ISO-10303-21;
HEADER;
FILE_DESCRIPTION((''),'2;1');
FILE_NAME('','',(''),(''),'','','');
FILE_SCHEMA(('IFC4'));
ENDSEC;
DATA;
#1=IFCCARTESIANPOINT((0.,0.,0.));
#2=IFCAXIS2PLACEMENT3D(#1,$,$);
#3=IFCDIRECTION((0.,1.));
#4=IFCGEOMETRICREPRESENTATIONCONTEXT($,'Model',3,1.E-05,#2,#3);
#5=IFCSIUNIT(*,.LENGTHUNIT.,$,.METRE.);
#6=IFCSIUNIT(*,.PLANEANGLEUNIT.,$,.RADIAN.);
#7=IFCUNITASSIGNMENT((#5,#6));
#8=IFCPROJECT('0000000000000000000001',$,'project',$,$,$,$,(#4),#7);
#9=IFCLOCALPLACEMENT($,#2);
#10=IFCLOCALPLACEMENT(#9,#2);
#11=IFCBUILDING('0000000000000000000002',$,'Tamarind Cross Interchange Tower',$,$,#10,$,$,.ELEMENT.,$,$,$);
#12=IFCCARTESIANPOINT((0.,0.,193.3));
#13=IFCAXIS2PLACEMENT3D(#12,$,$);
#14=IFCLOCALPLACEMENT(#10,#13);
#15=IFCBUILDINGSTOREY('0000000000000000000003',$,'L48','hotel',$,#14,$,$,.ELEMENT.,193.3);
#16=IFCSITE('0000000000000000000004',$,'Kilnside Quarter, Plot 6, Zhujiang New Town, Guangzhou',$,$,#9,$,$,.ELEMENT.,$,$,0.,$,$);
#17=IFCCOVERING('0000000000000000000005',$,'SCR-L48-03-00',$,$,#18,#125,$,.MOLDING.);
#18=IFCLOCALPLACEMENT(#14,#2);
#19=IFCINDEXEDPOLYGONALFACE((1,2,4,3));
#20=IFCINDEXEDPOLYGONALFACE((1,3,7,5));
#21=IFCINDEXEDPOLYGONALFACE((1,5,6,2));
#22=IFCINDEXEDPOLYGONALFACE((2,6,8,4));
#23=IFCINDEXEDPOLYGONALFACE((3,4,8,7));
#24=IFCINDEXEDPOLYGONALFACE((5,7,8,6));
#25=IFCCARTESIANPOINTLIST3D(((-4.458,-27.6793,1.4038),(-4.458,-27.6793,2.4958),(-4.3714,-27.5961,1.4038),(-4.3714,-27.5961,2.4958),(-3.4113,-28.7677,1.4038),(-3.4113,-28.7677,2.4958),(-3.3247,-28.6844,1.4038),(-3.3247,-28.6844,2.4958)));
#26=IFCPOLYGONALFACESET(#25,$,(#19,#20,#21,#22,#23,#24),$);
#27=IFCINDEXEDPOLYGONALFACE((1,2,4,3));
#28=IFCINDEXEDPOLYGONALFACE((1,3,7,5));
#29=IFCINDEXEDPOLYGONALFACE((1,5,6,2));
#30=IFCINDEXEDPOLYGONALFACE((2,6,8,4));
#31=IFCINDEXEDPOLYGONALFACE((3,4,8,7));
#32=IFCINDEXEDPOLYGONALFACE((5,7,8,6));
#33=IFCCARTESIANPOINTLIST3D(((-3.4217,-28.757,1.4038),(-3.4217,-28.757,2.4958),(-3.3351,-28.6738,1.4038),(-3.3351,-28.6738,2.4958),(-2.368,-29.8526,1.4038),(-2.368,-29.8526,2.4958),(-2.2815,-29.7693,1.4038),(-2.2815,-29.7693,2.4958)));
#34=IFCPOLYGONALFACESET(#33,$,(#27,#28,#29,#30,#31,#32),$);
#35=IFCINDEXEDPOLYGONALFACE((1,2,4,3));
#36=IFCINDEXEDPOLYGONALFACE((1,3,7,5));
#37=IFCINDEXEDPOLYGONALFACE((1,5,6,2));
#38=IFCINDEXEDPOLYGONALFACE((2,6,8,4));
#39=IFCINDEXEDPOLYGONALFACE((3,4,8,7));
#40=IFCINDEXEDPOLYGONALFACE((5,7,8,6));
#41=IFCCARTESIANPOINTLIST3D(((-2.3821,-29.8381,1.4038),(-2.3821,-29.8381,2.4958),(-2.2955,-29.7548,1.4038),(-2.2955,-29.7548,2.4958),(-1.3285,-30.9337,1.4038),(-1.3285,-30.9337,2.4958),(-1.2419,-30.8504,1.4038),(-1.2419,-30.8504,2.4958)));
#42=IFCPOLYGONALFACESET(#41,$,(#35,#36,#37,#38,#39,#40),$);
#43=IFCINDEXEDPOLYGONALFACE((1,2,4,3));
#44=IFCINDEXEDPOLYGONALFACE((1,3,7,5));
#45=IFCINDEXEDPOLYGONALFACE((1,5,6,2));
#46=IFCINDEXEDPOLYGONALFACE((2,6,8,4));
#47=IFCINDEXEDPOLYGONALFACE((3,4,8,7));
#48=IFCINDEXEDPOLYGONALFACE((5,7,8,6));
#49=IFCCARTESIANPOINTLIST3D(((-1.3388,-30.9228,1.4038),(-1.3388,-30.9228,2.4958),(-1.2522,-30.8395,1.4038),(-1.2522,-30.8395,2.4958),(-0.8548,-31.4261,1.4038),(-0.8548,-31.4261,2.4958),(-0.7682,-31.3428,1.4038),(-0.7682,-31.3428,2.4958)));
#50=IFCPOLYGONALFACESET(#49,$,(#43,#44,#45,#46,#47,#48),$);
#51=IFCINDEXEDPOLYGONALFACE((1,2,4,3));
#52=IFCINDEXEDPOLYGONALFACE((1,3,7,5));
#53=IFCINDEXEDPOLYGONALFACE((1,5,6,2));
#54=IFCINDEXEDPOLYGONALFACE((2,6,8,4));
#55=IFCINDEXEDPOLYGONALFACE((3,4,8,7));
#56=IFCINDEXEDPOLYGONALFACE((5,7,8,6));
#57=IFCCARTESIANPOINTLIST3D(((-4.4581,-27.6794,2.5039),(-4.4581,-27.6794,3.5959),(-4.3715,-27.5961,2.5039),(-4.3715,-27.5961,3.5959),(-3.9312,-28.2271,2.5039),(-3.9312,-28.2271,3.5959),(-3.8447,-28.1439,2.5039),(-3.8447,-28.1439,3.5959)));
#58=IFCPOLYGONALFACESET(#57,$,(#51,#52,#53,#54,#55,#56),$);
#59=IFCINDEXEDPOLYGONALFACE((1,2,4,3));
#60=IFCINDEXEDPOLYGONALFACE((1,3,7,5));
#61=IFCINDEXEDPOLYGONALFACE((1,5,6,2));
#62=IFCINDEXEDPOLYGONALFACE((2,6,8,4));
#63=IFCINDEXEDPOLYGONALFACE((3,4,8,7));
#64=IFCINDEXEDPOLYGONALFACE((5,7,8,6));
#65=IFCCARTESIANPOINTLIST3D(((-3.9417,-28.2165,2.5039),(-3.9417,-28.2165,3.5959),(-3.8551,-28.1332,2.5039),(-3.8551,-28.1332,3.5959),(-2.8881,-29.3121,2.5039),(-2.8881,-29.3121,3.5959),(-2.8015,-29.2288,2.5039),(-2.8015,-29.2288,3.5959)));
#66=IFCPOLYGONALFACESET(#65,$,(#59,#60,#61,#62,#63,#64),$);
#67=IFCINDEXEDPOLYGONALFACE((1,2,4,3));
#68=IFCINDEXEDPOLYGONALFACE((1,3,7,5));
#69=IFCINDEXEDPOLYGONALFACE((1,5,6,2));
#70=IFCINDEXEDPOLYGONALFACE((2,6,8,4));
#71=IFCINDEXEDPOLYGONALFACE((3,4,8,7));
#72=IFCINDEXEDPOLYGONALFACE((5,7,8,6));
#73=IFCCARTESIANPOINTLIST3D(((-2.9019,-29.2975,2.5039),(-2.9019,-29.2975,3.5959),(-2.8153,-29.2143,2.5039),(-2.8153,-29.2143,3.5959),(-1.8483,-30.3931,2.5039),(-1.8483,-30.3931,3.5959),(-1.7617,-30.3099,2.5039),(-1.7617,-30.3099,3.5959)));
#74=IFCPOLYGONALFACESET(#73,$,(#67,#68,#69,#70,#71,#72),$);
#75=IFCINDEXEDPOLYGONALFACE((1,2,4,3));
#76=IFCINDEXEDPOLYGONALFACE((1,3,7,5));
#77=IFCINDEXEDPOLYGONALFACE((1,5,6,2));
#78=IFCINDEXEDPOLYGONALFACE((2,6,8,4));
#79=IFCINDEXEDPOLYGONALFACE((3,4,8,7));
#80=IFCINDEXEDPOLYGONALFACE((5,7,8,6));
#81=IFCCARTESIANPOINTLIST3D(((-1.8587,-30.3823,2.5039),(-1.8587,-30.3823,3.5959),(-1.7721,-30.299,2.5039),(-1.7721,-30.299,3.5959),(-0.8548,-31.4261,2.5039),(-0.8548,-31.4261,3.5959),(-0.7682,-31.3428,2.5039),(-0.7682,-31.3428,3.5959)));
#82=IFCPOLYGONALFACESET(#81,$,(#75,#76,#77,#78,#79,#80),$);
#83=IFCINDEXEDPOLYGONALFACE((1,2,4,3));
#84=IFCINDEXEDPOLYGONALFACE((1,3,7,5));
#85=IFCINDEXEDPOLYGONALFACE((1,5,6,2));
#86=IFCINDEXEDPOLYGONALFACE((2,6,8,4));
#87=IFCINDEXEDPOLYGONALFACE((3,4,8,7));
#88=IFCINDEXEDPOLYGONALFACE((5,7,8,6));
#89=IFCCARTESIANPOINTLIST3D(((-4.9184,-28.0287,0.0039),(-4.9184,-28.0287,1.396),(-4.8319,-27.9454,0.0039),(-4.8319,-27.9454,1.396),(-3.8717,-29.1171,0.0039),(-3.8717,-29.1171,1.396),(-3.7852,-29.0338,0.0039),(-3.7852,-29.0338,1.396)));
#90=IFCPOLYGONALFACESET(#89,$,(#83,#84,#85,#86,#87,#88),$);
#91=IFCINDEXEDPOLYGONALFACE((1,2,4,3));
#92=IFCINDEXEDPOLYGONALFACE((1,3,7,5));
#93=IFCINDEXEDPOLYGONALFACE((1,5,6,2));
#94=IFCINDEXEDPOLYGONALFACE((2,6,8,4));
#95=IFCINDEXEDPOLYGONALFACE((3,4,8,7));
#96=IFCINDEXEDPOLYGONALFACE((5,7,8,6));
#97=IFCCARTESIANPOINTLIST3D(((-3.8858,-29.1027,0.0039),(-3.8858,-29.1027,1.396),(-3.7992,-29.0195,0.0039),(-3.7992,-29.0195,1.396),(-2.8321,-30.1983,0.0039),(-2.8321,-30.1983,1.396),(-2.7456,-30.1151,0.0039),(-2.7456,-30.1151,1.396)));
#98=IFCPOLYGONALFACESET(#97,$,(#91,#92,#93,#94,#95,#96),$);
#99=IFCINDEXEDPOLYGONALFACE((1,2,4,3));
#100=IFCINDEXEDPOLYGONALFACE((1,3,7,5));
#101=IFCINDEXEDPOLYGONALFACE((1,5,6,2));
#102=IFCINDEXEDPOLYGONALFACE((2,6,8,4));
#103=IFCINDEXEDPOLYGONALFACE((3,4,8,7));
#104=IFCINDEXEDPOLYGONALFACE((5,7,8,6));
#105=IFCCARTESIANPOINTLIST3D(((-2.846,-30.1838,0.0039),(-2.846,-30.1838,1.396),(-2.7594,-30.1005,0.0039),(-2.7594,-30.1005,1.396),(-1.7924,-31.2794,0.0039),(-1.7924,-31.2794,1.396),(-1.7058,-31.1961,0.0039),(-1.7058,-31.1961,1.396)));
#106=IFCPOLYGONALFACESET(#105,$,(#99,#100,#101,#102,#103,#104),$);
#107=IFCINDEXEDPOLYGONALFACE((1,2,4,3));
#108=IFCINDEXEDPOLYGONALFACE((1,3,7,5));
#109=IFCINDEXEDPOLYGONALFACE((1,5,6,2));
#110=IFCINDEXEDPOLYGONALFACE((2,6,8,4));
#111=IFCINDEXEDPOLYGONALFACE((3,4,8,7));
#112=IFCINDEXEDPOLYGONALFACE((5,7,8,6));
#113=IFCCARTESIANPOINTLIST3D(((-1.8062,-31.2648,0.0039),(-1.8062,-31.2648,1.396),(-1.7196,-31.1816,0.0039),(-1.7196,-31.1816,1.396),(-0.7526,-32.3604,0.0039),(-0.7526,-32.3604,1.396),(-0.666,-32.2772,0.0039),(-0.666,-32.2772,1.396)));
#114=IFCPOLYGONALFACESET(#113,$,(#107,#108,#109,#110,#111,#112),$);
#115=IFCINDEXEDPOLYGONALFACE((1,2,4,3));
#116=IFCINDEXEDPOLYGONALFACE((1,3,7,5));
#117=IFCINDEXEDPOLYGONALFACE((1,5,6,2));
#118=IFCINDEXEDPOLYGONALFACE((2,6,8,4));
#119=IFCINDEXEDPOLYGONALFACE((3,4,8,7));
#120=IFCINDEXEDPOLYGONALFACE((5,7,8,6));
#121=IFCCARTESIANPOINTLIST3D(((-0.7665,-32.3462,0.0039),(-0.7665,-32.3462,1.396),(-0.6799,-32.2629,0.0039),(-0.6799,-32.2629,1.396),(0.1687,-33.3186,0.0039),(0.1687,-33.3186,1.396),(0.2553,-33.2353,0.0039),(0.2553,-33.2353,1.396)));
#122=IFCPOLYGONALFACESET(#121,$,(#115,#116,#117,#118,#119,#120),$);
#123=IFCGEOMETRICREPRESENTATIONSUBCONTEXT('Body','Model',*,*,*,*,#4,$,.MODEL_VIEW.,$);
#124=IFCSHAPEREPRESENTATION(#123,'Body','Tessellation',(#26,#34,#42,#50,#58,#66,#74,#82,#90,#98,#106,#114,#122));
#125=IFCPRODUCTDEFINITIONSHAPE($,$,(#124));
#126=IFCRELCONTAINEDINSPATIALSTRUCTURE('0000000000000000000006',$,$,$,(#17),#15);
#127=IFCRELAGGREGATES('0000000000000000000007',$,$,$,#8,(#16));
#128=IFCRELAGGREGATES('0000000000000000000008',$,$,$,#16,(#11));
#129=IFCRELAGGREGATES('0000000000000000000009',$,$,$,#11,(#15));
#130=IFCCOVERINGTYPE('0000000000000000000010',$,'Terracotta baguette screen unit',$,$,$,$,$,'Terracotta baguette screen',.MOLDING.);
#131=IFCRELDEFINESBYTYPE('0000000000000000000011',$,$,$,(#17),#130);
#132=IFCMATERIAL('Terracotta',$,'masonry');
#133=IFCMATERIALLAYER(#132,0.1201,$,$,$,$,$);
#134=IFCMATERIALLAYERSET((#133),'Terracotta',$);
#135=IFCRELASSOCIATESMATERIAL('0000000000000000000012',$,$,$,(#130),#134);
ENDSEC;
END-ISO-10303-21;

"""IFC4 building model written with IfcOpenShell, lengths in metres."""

from ifc_helpers import new_model, si_unit, direction, frame, origin, origin_2d, place, context, subcontext, project, spatial, rectangle, extrude, material, layer, layer_set, type_object, element, save


model = new_model("IFC4")

# Units and contexts
model_context = context("Model", 3, precision=1e-05, world=origin(), true_north=direction((0.0, 1.0)))
body_context = subcontext(model_context, "Body", "Model", "MODEL_VIEW")
ifc_project = project(units=[si_unit("LENGTHUNIT", "METRE"), si_unit("PLANEANGLEUNIT", "RADIAN")], contexts=[model_context])

# Site, building, storey
site_placement = place(None, origin())
site = spatial("IfcSite", under=ifc_project, at=site_placement, Name="Kilnside Quarter, Plot 6, Zhujiang New Town, Guangzhou", CompositionType="ELEMENT", RefElevation=0.0)
building_placement = place(site_placement, origin())
building = spatial("IfcBuilding", under=site, at=building_placement, Name="Tamarind Cross Interchange Tower", CompositionType="ELEMENT")
storey_placement = place(building_placement, frame((0.0, 0.0, 193.3)))
storey = spatial("IfcBuildingStorey", under=building, at=storey_placement, Name="L48", Description="hotel", CompositionType="ELEMENT", Elevation=193.3)

# Covering
ifc_material_1 = material(Name="Terracotta", Category="masonry")
ifc_layer_1 = layer(ifc_material_1, 0.1201)
ifc_layer_set_1 = layer_set([ifc_layer_1], Name="Terracotta")
covering_type = type_object("IfcCoveringType", Name="Terracotta baguette screen unit", ElementType="Terracotta baguette screen", PredefinedType="MOLDING", material=ifc_layer_set_1)
covering_1_placement = place(storey_placement, origin())
element("IfcCovering", 1, at=covering_1_placement, inside=storey, type_object=covering_type, Name="SCR-L48-03-00", PredefinedType="MOLDING", context=body_context, shape_type="SweptSolid", body=[
    extrude(rectangle(XDim=1.51, YDim=0.1201, at=origin_2d()), frame((-3.8914, -28.1819, 1.4038), z_axis=(0.0, 0.0, 1.0), x_axis=(0.69317, -0.720774, 0.0)), (0.0, 0.0, 1.0), 1.092),
    extrude(rectangle(XDim=1.52, YDim=0.1201, at=origin_2d()), frame((-2.8516, -29.2632, 1.4038), z_axis=(0.0, 0.0, 1.0), x_axis=(0.69317, -0.720774, 0.0)), (0.0, 0.0, 1.0), 1.092),
    extrude(rectangle(XDim=1.52, YDim=0.1201, at=origin_2d()), frame((-1.812, -30.3442, 1.4038), z_axis=(0.0, 0.0, 1.0), x_axis=(0.69317, -0.720774, 0.0)), (0.0, 0.0, 1.0), 1.092),
    extrude(rectangle(XDim=0.6982, YDim=0.1201, at=origin_2d()), frame((-1.0535, -31.1328, 1.4038), z_axis=(0.0, 0.0, 1.0), x_axis=(0.69317, -0.720774, 0.0)), (0.0, 0.0, 1.0), 1.092),
    extrude(rectangle(XDim=0.76, YDim=0.1201, at=origin_2d()), frame((-4.1514, -27.9116, 2.5039), z_axis=(0.0, 0.0, 1.0), x_axis=(0.69317, -0.720774, 0.0)), (0.0, 0.0, 1.0), 1.092),
    extrude(rectangle(XDim=1.52, YDim=0.1201, at=origin_2d()), frame((-3.3716, -28.7227, 2.5039), z_axis=(0.0, 0.0, 1.0), x_axis=(0.69317, -0.720774, 0.0)), (0.0, 0.0, 1.0), 1.092),
    extrude(rectangle(XDim=1.52, YDim=0.1201, at=origin_2d()), frame((-2.3318, -29.8037, 2.5039), z_axis=(0.0, 0.0, 1.0), x_axis=(0.69317, -0.720774, 0.0)), (0.0, 0.0, 1.0), 1.092),
    extrude(rectangle(XDim=1.4482, YDim=0.1201, at=origin_2d()), frame((-1.3135, -30.8625, 2.5039), z_axis=(0.0, 0.0, 1.0), x_axis=(0.69317, -0.720774, 0.0)), (0.0, 0.0, 1.0), 1.092),
    extrude(rectangle(XDim=1.51, YDim=0.1201, at=origin_2d()), frame((-4.3518, -28.5312, 0.0039), z_axis=(0.0, 0.0, 1.0), x_axis=(0.69317, -0.720774, 0.0)), (0.0, 0.0, 1.0), 1.3921),
    extrude(rectangle(XDim=1.52, YDim=0.1201, at=origin_2d()), frame((-3.3157, -29.6089, 0.0039), z_axis=(0.0, 0.0, 1.0), x_axis=(0.69317, -0.720774, 0.0)), (0.0, 0.0, 1.0), 1.3921),
    extrude(rectangle(XDim=1.52, YDim=0.1201, at=origin_2d()), frame((-2.2759, -30.6899, 0.0039), z_axis=(0.0, 0.0, 1.0), x_axis=(0.69317, -0.720774, 0.0)), (0.0, 0.0, 1.0), 1.3921),
    extrude(rectangle(XDim=1.52, YDim=0.1201, at=origin_2d()), frame((-1.2361, -31.771, 0.0039), z_axis=(0.0, 0.0, 1.0), x_axis=(0.69317, -0.720774, 0.0)), (0.0, 0.0, 1.0), 1.3921),
    extrude(rectangle(XDim=1.3491, YDim=0.1201, at=origin_2d()), frame((-0.2556, -32.7908, 0.0039), z_axis=(0.0, 0.0, 1.0), x_axis=(0.69317, -0.720774, 0.0)), (0.0, 0.0, 1.0), 1.3921),
])

save(model, "model.ifc")
